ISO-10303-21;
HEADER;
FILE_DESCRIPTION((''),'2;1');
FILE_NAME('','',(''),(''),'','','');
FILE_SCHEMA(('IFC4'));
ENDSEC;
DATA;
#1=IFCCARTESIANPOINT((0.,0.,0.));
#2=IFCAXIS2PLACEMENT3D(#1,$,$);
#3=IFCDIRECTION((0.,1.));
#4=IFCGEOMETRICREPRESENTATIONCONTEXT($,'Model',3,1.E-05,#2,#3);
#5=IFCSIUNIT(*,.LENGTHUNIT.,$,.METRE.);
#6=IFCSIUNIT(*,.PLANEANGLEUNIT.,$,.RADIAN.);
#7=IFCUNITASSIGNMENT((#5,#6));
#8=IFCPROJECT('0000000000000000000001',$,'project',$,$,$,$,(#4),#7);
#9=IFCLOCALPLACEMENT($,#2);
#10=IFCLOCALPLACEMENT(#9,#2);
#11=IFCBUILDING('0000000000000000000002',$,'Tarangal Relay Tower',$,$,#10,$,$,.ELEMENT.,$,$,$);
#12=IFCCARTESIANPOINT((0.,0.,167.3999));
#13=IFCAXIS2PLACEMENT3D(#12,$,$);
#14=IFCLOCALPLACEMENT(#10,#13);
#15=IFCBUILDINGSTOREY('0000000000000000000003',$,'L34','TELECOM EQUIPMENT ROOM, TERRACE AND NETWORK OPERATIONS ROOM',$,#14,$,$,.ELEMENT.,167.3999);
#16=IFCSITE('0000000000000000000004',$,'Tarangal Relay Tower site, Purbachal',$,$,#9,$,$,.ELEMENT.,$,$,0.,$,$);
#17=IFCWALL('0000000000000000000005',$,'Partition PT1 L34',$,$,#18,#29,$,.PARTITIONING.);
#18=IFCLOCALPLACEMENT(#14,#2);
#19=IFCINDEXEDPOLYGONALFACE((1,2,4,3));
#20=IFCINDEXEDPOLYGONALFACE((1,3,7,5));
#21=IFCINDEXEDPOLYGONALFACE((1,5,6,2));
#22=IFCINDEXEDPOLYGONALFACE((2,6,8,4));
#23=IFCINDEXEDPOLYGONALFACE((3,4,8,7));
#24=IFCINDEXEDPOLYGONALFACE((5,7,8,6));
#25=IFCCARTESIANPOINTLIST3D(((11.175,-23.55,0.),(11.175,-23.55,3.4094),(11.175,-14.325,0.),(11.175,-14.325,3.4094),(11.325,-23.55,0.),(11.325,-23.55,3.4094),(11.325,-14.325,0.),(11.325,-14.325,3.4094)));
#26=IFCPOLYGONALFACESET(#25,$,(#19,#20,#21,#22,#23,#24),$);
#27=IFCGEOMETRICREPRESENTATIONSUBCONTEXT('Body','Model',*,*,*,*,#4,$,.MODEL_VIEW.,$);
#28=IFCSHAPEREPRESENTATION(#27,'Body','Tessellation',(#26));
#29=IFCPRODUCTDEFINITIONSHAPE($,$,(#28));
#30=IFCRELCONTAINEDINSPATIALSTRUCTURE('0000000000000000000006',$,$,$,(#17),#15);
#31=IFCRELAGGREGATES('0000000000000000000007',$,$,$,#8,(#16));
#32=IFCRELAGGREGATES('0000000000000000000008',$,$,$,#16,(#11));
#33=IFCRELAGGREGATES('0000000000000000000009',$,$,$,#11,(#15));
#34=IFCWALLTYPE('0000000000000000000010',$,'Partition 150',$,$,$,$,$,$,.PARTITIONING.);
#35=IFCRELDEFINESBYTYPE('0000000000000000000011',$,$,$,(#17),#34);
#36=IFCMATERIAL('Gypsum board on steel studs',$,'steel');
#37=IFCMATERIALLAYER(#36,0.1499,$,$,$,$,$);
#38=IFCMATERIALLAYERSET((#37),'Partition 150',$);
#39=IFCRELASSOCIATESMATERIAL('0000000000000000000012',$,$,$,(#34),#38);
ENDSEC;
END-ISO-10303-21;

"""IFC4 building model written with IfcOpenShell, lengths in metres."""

from ifc_helpers import new_model, si_unit, direction, frame, frame_2d, origin, place, context, subcontext, project, spatial, rectangle, extrude, material, layer, layer_set, type_object, element, save


model = new_model("IFC4")

# Units and contexts
model_context = context("Model", 3, precision=1e-05, world=origin(), true_north=direction((0.0, 1.0)))
body_context = subcontext(model_context, "Body", "Model", "MODEL_VIEW")
ifc_project = project(units=[si_unit("LENGTHUNIT", "METRE"), si_unit("PLANEANGLEUNIT", "RADIAN")], contexts=[model_context])

# Site, building, storey
site_placement = place(None, origin())
site = spatial("IfcSite", under=ifc_project, at=site_placement, Name="Tarangal Relay Tower site, Purbachal", CompositionType="ELEMENT", RefElevation=0.0)
building_placement = place(site_placement, origin())
building = spatial("IfcBuilding", under=site, at=building_placement, Name="Tarangal Relay Tower", CompositionType="ELEMENT")
storey_placement = place(building_placement, frame((0.0, 0.0, 167.3999)))
storey = spatial("IfcBuildingStorey", under=building, at=storey_placement, Name="L34", Description="TELECOM EQUIPMENT ROOM, TERRACE AND NETWORK OPERATIONS ROOM", CompositionType="ELEMENT", Elevation=167.3999)

# Wall
ifc_material_1 = material(Name="Gypsum board on steel studs", Category="steel")
ifc_layer_1 = layer(ifc_material_1, 0.1499)
ifc_layer_set_1 = layer_set([ifc_layer_1], Name="Partition 150")
wall_type_1 = type_object("IfcWallType", Name="Partition 150", PredefinedType="PARTITIONING", material=ifc_layer_set_1)
wall_1_placement = place(storey_placement, frame((11.25, -23.55, 0.0), z_axis=(0.0, 0.0, 1.0), x_axis=(0.0, 1.0, 0.0)))
element("IfcWall", 1, at=wall_1_placement, inside=storey, type_object=wall_type_1, Name="Partition PT1 L34", PredefinedType="PARTITIONING", context=body_context, shape_type="SweptSolid", body=[
    extrude(rectangle(XDim=9.2251, YDim=0.1499, at=frame_2d((4.6125, 0.0))), origin(), (0.0, 0.0, 1.0), 3.4094),
])

save(model, "model.ifc")
